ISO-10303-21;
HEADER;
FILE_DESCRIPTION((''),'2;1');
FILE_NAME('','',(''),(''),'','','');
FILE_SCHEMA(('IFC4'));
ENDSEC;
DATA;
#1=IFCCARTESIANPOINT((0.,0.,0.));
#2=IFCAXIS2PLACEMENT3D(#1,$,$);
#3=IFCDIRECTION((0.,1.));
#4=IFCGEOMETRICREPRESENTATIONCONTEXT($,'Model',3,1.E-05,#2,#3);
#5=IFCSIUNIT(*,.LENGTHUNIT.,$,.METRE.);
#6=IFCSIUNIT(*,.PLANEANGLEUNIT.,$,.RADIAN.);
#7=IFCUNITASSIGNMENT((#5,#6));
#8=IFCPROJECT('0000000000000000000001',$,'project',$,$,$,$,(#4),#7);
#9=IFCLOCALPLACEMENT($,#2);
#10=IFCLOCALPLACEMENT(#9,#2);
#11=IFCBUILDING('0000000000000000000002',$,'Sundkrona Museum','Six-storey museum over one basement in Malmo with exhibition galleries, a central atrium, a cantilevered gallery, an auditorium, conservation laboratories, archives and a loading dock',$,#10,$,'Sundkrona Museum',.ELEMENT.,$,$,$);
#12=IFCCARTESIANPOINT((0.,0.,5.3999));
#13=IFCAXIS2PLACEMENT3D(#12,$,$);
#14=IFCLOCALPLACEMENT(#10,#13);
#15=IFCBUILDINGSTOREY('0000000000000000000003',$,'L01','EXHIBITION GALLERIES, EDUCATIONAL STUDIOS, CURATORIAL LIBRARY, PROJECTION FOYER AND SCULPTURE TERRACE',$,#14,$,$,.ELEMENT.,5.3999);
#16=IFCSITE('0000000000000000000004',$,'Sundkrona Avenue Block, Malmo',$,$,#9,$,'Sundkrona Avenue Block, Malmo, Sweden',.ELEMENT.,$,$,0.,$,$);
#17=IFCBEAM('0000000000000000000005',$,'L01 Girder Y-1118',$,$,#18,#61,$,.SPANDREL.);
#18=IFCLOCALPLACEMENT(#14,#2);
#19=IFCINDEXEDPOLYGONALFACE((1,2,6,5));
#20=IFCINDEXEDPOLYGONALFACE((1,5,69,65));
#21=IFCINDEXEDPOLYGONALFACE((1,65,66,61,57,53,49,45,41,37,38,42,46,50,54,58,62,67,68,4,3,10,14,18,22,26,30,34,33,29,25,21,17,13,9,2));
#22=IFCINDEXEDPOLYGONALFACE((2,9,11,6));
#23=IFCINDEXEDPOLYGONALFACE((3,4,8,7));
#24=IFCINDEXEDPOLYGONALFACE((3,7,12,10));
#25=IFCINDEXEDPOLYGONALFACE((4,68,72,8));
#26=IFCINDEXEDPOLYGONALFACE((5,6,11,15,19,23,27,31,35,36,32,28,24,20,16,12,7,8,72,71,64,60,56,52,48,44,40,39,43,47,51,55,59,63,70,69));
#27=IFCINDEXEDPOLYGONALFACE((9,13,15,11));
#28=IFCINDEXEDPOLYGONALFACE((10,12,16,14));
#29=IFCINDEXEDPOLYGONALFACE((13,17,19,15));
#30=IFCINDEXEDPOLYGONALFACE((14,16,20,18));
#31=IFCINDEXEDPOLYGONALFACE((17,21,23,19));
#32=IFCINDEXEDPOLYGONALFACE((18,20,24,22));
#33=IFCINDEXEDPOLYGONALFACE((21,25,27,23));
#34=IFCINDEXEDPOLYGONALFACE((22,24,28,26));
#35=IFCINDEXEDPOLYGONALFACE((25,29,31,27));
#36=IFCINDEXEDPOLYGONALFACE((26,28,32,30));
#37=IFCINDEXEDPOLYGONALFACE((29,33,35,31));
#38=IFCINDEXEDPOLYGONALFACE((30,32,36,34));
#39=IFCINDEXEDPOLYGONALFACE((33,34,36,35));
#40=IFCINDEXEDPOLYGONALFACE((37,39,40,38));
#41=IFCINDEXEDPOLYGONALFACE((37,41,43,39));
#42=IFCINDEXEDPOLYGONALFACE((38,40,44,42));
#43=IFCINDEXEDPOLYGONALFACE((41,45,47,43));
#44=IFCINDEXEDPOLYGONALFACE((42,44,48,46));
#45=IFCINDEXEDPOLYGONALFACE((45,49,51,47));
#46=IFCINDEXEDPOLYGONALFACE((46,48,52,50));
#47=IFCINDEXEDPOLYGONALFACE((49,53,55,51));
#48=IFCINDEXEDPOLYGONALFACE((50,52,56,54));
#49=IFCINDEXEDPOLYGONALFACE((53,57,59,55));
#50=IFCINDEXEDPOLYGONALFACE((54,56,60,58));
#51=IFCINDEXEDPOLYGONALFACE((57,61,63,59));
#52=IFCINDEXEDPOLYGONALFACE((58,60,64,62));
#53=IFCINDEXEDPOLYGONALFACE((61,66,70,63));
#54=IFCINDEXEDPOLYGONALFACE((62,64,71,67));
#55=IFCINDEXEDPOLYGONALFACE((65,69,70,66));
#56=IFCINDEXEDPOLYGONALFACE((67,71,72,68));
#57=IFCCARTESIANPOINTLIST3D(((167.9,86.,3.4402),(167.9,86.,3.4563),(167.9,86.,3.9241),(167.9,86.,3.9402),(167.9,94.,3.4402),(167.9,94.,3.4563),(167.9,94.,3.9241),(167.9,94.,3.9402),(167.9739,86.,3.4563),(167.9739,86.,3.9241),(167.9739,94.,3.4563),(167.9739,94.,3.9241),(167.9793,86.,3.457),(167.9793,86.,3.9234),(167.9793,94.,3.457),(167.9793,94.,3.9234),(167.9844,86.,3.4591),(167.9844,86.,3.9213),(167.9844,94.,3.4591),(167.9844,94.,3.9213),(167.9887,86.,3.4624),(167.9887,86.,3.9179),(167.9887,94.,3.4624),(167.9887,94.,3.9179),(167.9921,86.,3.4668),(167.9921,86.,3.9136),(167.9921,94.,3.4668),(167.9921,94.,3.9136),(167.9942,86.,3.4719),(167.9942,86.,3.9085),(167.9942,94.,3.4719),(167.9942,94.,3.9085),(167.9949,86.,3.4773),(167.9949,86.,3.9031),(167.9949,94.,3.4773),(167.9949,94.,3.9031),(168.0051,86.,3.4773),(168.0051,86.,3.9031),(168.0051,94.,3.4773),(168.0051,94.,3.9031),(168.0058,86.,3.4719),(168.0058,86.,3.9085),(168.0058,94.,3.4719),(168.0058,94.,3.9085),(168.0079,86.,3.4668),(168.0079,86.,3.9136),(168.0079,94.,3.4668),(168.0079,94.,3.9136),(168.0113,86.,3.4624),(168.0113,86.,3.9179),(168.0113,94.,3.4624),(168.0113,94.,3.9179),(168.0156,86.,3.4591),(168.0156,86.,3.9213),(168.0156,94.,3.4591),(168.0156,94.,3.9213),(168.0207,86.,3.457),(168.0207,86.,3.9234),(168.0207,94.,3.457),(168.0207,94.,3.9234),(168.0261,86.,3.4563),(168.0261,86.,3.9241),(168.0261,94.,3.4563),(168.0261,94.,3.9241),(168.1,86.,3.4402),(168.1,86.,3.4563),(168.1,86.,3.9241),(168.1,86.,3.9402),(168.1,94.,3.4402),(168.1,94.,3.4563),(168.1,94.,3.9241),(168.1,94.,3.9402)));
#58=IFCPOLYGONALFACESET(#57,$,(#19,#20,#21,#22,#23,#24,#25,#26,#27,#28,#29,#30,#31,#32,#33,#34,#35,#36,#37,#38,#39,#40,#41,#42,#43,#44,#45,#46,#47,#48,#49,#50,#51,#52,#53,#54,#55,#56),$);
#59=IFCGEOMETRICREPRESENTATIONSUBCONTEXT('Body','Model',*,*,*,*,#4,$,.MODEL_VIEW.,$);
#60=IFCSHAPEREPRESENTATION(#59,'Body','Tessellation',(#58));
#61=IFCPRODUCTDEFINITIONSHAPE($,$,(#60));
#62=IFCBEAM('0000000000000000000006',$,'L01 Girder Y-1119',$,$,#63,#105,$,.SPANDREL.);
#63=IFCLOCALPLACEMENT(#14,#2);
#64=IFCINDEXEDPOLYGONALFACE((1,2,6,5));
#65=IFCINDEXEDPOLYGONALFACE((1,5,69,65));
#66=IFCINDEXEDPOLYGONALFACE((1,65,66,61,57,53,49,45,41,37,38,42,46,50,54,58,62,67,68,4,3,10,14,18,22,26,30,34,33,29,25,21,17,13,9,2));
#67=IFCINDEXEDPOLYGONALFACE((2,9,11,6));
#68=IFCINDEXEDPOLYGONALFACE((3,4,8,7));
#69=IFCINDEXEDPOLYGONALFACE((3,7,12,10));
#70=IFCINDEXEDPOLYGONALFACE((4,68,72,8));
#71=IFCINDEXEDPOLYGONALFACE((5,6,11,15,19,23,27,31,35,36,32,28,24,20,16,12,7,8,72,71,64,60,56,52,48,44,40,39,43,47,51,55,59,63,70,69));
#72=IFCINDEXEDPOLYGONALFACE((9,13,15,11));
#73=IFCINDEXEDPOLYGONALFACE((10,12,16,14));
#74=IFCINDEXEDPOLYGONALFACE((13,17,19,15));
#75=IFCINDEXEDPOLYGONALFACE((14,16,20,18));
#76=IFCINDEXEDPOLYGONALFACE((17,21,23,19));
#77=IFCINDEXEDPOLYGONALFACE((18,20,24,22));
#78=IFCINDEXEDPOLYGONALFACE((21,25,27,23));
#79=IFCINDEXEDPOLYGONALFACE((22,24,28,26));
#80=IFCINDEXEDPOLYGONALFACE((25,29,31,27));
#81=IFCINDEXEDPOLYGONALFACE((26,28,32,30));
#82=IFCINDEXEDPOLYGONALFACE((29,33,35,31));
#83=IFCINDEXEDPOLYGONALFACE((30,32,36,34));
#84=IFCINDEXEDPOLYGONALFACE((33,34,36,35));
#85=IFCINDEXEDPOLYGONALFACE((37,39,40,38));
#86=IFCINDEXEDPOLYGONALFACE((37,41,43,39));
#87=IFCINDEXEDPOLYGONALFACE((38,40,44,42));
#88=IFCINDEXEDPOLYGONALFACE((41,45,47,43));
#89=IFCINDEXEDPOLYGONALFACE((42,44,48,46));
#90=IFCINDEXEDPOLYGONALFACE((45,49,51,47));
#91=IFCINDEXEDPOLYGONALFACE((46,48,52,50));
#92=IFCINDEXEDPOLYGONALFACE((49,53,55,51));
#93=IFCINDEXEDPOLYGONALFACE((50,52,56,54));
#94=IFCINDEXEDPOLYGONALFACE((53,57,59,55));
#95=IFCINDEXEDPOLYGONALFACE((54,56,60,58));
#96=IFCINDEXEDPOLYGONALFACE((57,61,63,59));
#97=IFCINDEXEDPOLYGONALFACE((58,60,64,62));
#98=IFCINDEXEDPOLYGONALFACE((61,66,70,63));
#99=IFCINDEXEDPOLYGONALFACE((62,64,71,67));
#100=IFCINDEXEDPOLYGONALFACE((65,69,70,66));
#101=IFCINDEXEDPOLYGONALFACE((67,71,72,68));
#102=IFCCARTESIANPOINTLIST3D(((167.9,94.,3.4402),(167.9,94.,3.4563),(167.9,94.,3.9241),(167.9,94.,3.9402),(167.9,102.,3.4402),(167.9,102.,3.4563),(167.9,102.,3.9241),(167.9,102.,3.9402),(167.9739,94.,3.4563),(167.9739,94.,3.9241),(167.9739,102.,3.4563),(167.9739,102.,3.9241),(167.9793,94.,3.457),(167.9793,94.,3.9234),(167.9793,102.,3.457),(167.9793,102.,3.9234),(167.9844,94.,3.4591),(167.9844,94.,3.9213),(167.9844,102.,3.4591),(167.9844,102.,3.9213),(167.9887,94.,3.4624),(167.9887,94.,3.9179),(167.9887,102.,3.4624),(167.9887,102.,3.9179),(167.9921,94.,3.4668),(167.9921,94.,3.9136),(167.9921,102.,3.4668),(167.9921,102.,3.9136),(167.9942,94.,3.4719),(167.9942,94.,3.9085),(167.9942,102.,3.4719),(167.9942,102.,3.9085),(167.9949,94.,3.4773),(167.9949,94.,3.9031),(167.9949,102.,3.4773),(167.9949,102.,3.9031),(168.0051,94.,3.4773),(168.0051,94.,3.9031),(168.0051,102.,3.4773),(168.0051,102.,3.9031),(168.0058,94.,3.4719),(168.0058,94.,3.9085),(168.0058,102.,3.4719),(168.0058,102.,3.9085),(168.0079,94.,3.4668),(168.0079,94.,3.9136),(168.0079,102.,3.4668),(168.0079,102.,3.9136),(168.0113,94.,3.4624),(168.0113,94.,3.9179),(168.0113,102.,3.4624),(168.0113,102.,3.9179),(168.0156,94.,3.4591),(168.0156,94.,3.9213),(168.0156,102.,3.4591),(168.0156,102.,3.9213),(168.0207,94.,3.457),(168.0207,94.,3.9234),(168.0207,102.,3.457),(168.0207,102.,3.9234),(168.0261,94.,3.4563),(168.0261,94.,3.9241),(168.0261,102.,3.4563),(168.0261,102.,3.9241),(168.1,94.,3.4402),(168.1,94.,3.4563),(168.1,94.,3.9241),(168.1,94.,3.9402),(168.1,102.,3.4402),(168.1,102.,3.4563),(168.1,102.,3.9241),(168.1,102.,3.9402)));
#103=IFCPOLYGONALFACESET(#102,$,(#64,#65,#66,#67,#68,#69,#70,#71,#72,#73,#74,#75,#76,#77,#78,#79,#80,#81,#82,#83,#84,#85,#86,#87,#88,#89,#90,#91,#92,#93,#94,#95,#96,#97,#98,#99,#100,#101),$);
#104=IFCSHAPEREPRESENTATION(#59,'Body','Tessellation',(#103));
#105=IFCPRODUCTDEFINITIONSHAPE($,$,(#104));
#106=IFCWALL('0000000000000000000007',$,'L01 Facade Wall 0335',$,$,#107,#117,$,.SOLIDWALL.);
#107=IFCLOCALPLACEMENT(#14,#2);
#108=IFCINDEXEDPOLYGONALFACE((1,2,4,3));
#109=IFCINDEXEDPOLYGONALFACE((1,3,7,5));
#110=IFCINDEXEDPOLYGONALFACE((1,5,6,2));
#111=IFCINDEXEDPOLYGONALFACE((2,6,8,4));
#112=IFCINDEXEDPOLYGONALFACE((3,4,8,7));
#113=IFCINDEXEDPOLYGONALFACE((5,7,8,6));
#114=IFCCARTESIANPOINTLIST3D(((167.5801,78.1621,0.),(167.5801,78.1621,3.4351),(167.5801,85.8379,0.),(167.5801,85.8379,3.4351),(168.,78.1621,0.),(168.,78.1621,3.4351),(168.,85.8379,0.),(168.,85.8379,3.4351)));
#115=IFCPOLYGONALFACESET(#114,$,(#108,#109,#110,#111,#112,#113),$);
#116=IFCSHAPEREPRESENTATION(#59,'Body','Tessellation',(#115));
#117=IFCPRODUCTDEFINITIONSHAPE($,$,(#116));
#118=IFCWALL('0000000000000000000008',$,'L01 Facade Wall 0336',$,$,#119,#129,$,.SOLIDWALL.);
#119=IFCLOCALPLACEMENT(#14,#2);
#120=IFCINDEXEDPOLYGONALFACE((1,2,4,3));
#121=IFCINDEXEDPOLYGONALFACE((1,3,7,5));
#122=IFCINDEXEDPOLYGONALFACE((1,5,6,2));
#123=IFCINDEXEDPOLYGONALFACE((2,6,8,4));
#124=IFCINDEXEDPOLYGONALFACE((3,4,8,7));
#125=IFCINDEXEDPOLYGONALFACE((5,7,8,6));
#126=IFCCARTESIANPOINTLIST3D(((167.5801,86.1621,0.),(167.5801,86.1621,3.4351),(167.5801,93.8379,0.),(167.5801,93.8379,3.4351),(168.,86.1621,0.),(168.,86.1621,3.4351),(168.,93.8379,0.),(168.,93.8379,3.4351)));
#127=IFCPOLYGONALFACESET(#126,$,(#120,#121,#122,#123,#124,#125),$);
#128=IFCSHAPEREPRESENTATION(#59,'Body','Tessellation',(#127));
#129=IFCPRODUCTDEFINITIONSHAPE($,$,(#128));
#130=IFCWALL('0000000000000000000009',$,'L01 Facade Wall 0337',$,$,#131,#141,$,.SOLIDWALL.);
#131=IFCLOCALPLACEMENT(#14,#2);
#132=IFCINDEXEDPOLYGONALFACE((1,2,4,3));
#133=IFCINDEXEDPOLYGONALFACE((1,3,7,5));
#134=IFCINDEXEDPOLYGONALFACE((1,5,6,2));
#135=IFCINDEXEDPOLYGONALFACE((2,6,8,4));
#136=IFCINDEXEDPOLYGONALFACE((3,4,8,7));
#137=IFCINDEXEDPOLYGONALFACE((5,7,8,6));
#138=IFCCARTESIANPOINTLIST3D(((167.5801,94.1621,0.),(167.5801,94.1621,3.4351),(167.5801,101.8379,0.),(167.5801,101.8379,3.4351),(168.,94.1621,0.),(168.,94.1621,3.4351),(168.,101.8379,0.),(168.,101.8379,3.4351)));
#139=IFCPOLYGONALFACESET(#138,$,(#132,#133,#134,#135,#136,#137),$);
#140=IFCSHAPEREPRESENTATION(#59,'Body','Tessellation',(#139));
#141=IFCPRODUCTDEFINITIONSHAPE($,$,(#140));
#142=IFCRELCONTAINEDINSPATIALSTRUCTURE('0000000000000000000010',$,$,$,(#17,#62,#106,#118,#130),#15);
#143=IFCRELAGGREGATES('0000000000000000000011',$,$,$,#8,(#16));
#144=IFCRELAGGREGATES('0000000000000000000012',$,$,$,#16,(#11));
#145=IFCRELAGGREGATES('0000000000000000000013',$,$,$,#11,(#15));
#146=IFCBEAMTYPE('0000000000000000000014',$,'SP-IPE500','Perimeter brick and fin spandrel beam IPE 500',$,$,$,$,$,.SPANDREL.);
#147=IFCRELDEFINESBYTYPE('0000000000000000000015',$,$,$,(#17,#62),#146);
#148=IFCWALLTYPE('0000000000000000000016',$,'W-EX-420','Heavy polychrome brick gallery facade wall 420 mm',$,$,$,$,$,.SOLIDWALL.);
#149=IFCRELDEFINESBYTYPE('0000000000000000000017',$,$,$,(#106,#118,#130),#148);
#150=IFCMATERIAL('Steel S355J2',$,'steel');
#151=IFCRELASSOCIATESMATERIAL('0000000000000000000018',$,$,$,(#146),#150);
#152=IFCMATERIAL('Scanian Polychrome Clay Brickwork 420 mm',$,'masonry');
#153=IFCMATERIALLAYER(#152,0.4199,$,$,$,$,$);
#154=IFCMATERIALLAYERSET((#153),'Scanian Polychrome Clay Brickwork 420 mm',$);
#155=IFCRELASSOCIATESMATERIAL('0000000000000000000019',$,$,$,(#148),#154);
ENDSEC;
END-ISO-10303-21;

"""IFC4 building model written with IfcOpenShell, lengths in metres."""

from ifc_helpers import new_model, si_unit, direction, frame, frame_2d, origin, origin_2d, place, context, subcontext, project, spatial, rectangle, i_section, extrude, material, layer, layer_set, material_profile, profile_set, type_object, element, save


model = new_model("IFC4")

# Units and contexts
model_context = context("Model", 3, precision=1e-05, world=origin(), true_north=direction((0.0, 1.0)))
body_context = subcontext(model_context, "Body", "Model", "MODEL_VIEW")
ifc_project = project(units=[si_unit("LENGTHUNIT", "METRE"), si_unit("PLANEANGLEUNIT", "RADIAN")], contexts=[model_context])

# Site, building, storey
site_placement = place(None, origin())
site = spatial("IfcSite", under=ifc_project, at=site_placement, Name="Sundkrona Avenue Block, Malmo", LongName="Sundkrona Avenue Block, Malmo, Sweden", CompositionType="ELEMENT", RefElevation=0.0)
building_placement = place(site_placement, origin())
building = spatial("IfcBuilding", under=site, at=building_placement, Name="Sundkrona Museum", Description="Six-storey museum over one basement in Malmo with exhibition galleries, a central atrium, a cantilevered gallery, an auditorium, conservation laboratories, archives and a loading dock", LongName="Sundkrona Museum", CompositionType="ELEMENT")
storey_placement = place(building_placement, frame((0.0, 0.0, 5.3999)))
storey = spatial("IfcBuildingStorey", under=building, at=storey_placement, Name="L01", Description="EXHIBITION GALLERIES, EDUCATIONAL STUDIOS, CURATORIAL LIBRARY, PROJECTION FOYER AND SCULPTURE TERRACE", CompositionType="ELEMENT", Elevation=5.3999)

# Shared definitions
ifc_material_1 = material(Name="Steel S355J2", Category="steel")

# Beams
ifc_material_profile_1 = material_profile(ifc_material_1, i_section(OverallWidth=0.2, OverallDepth=0.5, WebThickness=0.0103, FlangeThickness=0.0161, FilletRadius=0.021, at=origin_2d()), Name="IPE 500")
ifc_profile_set_1 = profile_set([ifc_material_profile_1], Name="Steel S355J2")
beam_type_1 = type_object("IfcBeamType", Name="SP-IPE500", Description="Perimeter brick and fin spandrel beam IPE 500", PredefinedType="SPANDREL", material=ifc_profile_set_1)
for number, where, z_axis, x_axis, name in (
    (1, (168.0, 86.0, 3.6902), (0.0, 1.0, 0.0), (-1.0, 0.0, 0.0), "L01 Girder Y-1118"),
    (2, (168.0, 94.0, 3.6902), (0.0, 1.0, 0.0), (-1.0, 0.0, 0.0), "L01 Girder Y-1119"),
):
    element("IfcBeam", number, at=place(storey_placement, frame(where, z_axis=z_axis, x_axis=x_axis)), inside=storey, type_object=beam_type_1, Name=name, PredefinedType="SPANDREL", context=body_context, shape_type="SweptSolid", body=[
        extrude(i_section(OverallWidth=0.2, OverallDepth=0.5, WebThickness=0.0103, FlangeThickness=0.0161, FilletRadius=0.021, at=origin_2d()), origin(), (0.0, 0.0, 1.0), 8.0),
    ])

# Walls
ifc_material_2 = material(Name="Scanian Polychrome Clay Brickwork 420 mm", Category="masonry")
ifc_layer = layer(ifc_material_2, 0.4199)
ifc_layer_set = layer_set([ifc_layer], Name="Scanian Polychrome Clay Brickwork 420 mm")
wall_type = type_object("IfcWallType", Name="W-EX-420", Description="Heavy polychrome brick gallery facade wall 420 mm", PredefinedType="SOLIDWALL", material=ifc_layer_set)
for number, where, z_axis, x_axis, name in (
    (3, (167.79, 85.8379, 0.0), (0.0, 0.0, 1.0), (0.0, -1.0, 0.0), "L01 Facade Wall 0335"),
    (4, (167.79, 93.8379, 0.0), (0.0, 0.0, 1.0), (0.0, -1.0, 0.0), "L01 Facade Wall 0336"),
    (5, (167.79, 101.8379, 0.0), (0.0, 0.0, 1.0), (0.0, -1.0, 0.0), "L01 Facade Wall 0337"),
):
    element("IfcWall", number, at=place(storey_placement, frame(where, z_axis=z_axis, x_axis=x_axis)), inside=storey, type_object=wall_type, Name=name, PredefinedType="SOLIDWALL", context=body_context, shape_type="SweptSolid", body=[
        extrude(rectangle(XDim=7.6758, YDim=0.4199, at=frame_2d((3.8379, 0.0))), origin(), (0.0, 0.0, 1.0), 3.4351),
    ])

save(model, "model.ifc")
